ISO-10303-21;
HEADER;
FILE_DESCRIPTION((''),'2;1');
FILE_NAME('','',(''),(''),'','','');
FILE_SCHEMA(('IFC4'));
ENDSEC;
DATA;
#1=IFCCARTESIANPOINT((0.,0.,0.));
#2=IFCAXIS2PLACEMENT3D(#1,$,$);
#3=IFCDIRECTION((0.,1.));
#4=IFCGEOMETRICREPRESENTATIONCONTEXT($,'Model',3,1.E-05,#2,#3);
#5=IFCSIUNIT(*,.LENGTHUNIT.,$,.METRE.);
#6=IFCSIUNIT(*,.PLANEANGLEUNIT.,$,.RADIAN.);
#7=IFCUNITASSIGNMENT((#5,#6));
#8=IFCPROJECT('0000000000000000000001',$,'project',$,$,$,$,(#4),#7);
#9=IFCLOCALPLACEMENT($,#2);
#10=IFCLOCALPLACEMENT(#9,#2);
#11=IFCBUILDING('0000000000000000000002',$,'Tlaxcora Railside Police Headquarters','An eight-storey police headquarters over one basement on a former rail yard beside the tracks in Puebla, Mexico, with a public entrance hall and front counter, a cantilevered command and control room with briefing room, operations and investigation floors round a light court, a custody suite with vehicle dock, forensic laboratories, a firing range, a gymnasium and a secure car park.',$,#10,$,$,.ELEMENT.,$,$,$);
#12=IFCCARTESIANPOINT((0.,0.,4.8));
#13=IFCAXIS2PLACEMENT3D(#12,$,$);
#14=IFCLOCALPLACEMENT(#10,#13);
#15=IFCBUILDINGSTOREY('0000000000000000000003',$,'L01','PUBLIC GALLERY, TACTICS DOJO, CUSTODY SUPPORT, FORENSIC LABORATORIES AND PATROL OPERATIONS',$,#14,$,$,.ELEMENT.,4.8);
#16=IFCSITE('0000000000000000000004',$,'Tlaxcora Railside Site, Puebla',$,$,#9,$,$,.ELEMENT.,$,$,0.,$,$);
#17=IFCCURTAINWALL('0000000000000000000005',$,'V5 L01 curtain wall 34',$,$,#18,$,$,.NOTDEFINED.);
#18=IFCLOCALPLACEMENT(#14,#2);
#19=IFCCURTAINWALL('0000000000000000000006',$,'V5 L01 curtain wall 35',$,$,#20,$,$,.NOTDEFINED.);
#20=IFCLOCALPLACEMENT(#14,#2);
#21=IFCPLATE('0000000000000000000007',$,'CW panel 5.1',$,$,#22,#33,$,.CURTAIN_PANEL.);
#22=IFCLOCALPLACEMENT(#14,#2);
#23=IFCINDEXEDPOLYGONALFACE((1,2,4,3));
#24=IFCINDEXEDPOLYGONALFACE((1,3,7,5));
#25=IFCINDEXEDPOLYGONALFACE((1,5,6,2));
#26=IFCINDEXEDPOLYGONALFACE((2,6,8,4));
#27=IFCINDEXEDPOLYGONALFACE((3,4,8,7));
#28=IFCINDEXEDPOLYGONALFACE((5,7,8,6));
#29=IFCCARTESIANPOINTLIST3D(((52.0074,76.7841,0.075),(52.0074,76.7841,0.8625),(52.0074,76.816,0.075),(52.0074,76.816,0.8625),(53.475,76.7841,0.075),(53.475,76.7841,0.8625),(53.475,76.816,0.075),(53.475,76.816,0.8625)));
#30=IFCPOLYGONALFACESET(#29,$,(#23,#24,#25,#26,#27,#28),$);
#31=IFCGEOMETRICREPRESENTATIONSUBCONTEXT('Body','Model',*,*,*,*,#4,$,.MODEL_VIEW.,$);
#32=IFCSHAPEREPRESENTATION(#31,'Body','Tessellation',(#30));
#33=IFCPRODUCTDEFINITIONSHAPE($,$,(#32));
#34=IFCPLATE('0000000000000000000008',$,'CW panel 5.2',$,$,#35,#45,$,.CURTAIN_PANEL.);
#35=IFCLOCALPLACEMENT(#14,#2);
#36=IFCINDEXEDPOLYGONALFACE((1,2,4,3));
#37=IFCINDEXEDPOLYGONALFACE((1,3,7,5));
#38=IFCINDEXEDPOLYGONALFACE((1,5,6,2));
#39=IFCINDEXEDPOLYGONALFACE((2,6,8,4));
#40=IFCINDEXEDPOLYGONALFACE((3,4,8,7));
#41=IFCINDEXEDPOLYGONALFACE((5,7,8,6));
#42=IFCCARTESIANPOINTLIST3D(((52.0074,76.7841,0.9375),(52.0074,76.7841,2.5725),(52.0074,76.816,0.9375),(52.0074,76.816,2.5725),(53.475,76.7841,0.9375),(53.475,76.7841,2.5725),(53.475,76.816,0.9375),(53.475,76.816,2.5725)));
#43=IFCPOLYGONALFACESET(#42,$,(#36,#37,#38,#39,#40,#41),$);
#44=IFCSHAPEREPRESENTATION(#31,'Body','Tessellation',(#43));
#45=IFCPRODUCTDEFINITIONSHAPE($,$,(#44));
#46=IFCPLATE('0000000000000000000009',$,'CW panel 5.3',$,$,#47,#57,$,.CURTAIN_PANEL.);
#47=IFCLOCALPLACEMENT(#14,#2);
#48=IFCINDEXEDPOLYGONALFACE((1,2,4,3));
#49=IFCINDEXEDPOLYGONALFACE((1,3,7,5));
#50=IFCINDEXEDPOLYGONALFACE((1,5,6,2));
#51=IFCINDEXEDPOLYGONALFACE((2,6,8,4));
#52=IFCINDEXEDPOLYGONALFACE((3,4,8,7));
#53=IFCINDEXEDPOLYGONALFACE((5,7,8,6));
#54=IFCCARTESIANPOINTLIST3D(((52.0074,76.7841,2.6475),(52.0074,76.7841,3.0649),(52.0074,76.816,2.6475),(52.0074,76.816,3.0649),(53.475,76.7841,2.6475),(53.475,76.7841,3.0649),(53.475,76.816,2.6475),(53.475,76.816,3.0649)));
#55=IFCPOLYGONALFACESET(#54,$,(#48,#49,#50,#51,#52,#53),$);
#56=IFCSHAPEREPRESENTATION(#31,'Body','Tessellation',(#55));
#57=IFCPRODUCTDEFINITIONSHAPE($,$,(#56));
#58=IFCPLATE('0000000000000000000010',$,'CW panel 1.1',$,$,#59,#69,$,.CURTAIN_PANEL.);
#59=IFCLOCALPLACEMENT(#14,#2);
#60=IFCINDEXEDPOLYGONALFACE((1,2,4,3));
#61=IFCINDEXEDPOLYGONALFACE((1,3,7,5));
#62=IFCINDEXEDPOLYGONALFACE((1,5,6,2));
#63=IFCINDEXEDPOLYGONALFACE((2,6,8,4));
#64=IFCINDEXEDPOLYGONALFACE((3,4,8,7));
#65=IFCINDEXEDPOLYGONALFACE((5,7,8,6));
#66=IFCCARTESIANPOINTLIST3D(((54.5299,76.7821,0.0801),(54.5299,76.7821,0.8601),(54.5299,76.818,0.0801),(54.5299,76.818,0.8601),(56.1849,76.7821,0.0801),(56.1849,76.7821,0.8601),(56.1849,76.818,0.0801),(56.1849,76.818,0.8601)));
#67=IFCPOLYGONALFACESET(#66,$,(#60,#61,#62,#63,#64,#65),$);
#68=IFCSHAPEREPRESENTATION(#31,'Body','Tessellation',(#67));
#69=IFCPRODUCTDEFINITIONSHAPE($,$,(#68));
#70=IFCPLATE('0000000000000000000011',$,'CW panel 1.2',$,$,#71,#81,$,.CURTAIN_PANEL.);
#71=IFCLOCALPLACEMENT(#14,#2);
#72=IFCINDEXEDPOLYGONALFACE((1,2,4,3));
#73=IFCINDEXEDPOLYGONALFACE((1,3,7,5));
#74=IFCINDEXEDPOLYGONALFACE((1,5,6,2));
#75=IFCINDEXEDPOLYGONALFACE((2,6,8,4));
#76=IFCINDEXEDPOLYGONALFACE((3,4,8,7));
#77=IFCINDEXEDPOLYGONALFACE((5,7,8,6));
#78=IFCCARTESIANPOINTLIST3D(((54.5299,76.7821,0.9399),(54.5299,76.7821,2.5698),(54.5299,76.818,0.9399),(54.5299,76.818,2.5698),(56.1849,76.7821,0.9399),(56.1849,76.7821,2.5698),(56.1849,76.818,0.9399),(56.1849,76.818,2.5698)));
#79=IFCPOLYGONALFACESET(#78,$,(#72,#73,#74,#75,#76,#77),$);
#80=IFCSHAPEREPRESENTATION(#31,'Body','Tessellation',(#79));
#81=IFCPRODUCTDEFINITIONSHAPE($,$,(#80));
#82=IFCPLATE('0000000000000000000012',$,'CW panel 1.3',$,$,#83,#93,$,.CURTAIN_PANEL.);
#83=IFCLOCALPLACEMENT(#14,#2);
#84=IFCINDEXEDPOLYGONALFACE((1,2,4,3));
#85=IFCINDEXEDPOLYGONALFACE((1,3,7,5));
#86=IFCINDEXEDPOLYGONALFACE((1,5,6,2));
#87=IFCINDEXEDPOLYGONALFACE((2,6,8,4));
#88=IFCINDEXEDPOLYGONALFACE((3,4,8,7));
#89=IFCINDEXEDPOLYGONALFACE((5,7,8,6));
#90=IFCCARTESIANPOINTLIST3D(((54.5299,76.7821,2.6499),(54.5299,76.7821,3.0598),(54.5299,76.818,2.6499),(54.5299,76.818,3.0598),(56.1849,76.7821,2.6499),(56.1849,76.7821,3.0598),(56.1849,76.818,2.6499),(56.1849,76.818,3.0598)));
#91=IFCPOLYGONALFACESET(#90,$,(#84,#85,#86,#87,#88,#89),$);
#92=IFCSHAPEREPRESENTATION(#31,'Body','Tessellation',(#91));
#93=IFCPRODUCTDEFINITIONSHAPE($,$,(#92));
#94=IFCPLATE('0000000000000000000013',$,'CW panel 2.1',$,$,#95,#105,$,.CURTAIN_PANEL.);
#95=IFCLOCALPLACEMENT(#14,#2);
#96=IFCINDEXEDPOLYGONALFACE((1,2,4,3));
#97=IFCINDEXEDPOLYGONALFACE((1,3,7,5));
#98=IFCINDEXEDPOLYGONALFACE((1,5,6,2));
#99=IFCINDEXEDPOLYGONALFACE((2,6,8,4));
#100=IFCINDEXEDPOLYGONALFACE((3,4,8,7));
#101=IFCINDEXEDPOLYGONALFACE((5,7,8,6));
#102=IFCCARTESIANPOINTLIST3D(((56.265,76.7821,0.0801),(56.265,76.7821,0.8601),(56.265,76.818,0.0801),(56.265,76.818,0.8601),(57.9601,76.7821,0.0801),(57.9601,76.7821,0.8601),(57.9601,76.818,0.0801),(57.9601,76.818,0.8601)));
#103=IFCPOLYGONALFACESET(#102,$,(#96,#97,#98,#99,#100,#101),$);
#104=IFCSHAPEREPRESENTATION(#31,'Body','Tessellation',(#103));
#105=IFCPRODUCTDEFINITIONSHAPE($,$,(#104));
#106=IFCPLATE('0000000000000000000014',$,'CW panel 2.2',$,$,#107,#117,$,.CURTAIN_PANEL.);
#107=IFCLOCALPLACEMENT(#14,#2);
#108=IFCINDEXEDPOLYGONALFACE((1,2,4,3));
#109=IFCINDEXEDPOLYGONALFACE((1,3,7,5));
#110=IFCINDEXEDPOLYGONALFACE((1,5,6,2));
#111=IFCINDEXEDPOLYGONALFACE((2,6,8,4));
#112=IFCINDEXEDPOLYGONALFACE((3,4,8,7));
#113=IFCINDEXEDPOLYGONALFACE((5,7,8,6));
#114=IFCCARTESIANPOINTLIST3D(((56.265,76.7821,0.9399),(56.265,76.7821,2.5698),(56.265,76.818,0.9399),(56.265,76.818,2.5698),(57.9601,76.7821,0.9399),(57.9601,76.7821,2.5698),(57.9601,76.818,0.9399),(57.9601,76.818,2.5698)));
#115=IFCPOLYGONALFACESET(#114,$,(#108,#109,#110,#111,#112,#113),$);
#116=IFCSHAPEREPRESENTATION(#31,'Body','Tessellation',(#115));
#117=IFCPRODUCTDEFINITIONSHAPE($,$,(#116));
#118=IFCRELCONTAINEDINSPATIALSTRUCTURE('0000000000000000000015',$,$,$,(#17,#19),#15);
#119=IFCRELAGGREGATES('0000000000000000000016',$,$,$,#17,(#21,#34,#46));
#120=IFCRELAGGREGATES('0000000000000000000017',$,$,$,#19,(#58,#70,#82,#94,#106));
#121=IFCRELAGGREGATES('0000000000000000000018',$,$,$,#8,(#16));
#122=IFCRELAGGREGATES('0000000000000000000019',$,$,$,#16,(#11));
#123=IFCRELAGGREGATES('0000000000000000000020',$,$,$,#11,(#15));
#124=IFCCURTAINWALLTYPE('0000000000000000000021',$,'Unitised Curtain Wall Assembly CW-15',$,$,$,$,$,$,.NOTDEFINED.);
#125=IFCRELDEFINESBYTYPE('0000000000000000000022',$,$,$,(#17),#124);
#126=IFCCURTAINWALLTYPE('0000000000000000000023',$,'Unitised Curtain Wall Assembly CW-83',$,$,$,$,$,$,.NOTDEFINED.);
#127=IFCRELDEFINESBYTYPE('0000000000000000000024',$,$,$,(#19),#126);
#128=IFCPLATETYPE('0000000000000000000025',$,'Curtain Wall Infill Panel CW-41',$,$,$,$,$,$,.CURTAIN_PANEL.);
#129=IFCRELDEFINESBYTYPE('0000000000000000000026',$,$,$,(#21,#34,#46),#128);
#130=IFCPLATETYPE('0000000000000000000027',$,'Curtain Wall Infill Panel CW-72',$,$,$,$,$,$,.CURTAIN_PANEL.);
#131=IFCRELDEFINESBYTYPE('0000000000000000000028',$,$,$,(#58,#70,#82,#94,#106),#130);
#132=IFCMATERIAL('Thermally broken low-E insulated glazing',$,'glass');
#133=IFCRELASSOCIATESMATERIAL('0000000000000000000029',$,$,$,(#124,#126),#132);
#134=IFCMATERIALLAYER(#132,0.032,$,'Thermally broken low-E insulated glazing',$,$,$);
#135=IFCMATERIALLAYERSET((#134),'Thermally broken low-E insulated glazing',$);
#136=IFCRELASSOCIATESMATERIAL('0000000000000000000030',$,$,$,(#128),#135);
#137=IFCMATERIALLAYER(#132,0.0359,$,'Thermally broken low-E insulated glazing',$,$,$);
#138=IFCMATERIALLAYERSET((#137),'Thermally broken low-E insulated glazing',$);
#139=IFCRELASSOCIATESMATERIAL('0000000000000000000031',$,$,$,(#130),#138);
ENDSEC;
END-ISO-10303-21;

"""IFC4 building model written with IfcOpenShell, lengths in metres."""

from ifc_helpers import new_model, si_unit, direction, frame, origin, origin_2d, place, context, subcontext, project, spatial, rectangle, extrude, material, layer, layer_set, type_object, element, aggregate, save


model = new_model("IFC4")

# Units and contexts
model_context = context("Model", 3, precision=1e-05, world=origin(), true_north=direction((0.0, 1.0)))
body_context = subcontext(model_context, "Body", "Model", "MODEL_VIEW")
ifc_project = project(units=[si_unit("LENGTHUNIT", "METRE"), si_unit("PLANEANGLEUNIT", "RADIAN")], contexts=[model_context])

# Site, building, storey
site_placement = place(None, origin())
site = spatial("IfcSite", under=ifc_project, at=site_placement, Name="Tlaxcora Railside Site, Puebla", CompositionType="ELEMENT", RefElevation=0.0)
building_placement = place(site_placement, origin())
building = spatial("IfcBuilding", under=site, at=building_placement, Name="Tlaxcora Railside Police Headquarters", Description="An eight-storey police headquarters over one basement on a former rail yard beside the tracks in Puebla, Mexico, with a public entrance hall and front counter, a cantilevered command and control room with briefing room, operations and investigation floors round a light court, a custody suite with vehicle dock, forensic laboratories, a firing range, a gymnasium and a secure car park.", CompositionType="ELEMENT")
storey_placement = place(building_placement, frame((0.0, 0.0, 4.8)))
storey = spatial("IfcBuildingStorey", under=building, at=storey_placement, Name="L01", Description="PUBLIC GALLERY, TACTICS DOJO, CUSTODY SUPPORT, FORENSIC LABORATORIES AND PATROL OPERATIONS", CompositionType="ELEMENT", Elevation=4.8)

# Curtain wall
ifc_material_1 = material(Name="Thermally broken low-E insulated glazing", Category="glass")
curtain_wall_type_1 = type_object("IfcCurtainWallType", Name="Unitised Curtain Wall Assembly CW-15", PredefinedType="NOTDEFINED", material=ifc_material_1)
curtain_wall_1_placement = place(storey_placement, origin())
curtain_wall_1 = element("IfcCurtainWall", 1, at=curtain_wall_1_placement, inside=storey, type_object=curtain_wall_type_1, Name="V5 L01 curtain wall 34", PredefinedType="NOTDEFINED")

# Curtain wall
curtain_wall_type_2 = type_object("IfcCurtainWallType", Name="Unitised Curtain Wall Assembly CW-83", PredefinedType="NOTDEFINED", material=ifc_material_1)
curtain_wall_2_placement = place(storey_placement, origin())
curtain_wall_2 = element("IfcCurtainWall", 2, at=curtain_wall_2_placement, inside=storey, type_object=curtain_wall_type_2, Name="V5 L01 curtain wall 35", PredefinedType="NOTDEFINED")

# Plates
ifc_layer_1 = layer(ifc_material_1, 0.032, Name="Thermally broken low-E insulated glazing")
ifc_layer_set_1 = layer_set([ifc_layer_1], Name="Thermally broken low-E insulated glazing")
plate_type_1 = type_object("IfcPlateType", Name="Curtain Wall Infill Panel CW-41", PredefinedType="CURTAIN_PANEL", material=ifc_layer_set_1)
plate_1_placement = place(storey_placement, frame((52.7412, 76.8, 0.075), z_axis=(0.0, 0.0, 1.0), x_axis=(1.0, 0.0, 0.0)))
plate_1 = element("IfcPlate", 3, at=plate_1_placement, type_object=plate_type_1, Name="CW panel 5.1", PredefinedType="CURTAIN_PANEL", context=body_context, shape_type="SweptSolid", body=[
    extrude(rectangle(XDim=1.4675, YDim=0.032, at=origin_2d()), origin(), (0.0, 0.0, 1.0), 0.7876),
])
plate_2_placement = place(storey_placement, frame((52.7412, 76.8, 0.9375), z_axis=(0.0, 0.0, 1.0), x_axis=(1.0, 0.0, 0.0)))
plate_2 = element("IfcPlate", 4, at=plate_2_placement, type_object=plate_type_1, Name="CW panel 5.2", PredefinedType="CURTAIN_PANEL", context=body_context, shape_type="SweptSolid", body=[
    extrude(rectangle(XDim=1.4675, YDim=0.032, at=origin_2d()), origin(), (0.0, 0.0, 1.0), 1.635),
])
plate_3_placement = place(storey_placement, frame((52.7412, 76.8, 2.6475), z_axis=(0.0, 0.0, 1.0), x_axis=(1.0, 0.0, 0.0)))
plate_3 = element("IfcPlate", 5, at=plate_3_placement, type_object=plate_type_1, Name="CW panel 5.3", PredefinedType="CURTAIN_PANEL", context=body_context, shape_type="SweptSolid", body=[
    extrude(rectangle(XDim=1.4675, YDim=0.032, at=origin_2d()), origin(), (0.0, 0.0, 1.0), 0.4175),
])
aggregate(curtain_wall_1, [plate_1, plate_2, plate_3])
ifc_layer_2 = layer(ifc_material_1, 0.0359, Name="Thermally broken low-E insulated glazing")
ifc_layer_set_2 = layer_set([ifc_layer_2], Name="Thermally broken low-E insulated glazing")
plate_type_2 = type_object("IfcPlateType", Name="Curtain Wall Infill Panel CW-72", PredefinedType="CURTAIN_PANEL", material=ifc_layer_set_2)
plate_4_placement = place(storey_placement, frame((55.3574, 76.8, 0.0801), z_axis=(0.0, 0.0, 1.0), x_axis=(1.0, 0.0, 0.0)))
plate_4 = element("IfcPlate", 6, at=plate_4_placement, type_object=plate_type_2, Name="CW panel 1.1", PredefinedType="CURTAIN_PANEL", context=body_context, shape_type="SweptSolid", body=[
    extrude(rectangle(XDim=1.655, YDim=0.0359, at=origin_2d()), origin(), (0.0, 0.0, 1.0), 0.78),
])
plate_5_placement = place(storey_placement, frame((55.3574, 76.8, 0.9399), z_axis=(0.0, 0.0, 1.0), x_axis=(1.0, 0.0, 0.0)))
plate_5 = element("IfcPlate", 7, at=plate_5_placement, type_object=plate_type_2, Name="CW panel 1.2", PredefinedType="CURTAIN_PANEL", context=body_context, shape_type="SweptSolid", body=[
    extrude(rectangle(XDim=1.655, YDim=0.0359, at=origin_2d()), origin(), (0.0, 0.0, 1.0), 1.6299),
])
plate_6_placement = place(storey_placement, frame((55.3574, 76.8, 2.6499), z_axis=(0.0, 0.0, 1.0), x_axis=(1.0, 0.0, 0.0)))
plate_6 = element("IfcPlate", 8, at=plate_6_placement, type_object=plate_type_2, Name="CW panel 1.3", PredefinedType="CURTAIN_PANEL", context=body_context, shape_type="SweptSolid", body=[
    extrude(rectangle(XDim=1.655, YDim=0.0359, at=origin_2d()), origin(), (0.0, 0.0, 1.0), 0.4099),
])
plate_7_placement = place(storey_placement, frame((57.1125, 76.8, 0.0801), z_axis=(0.0, 0.0, 1.0), x_axis=(1.0, 0.0, 0.0)))
plate_7 = element("IfcPlate", 9, at=plate_7_placement, type_object=plate_type_2, Name="CW panel 2.1", PredefinedType="CURTAIN_PANEL", context=body_context, shape_type="SweptSolid", body=[
    extrude(rectangle(XDim=1.6951, YDim=0.0359, at=origin_2d()), origin(), (0.0, 0.0, 1.0), 0.78),
])
plate_8_placement = place(storey_placement, frame((57.1125, 76.8, 0.9399), z_axis=(0.0, 0.0, 1.0), x_axis=(1.0, 0.0, 0.0)))
plate_8 = element("IfcPlate", 10, at=plate_8_placement, type_object=plate_type_2, Name="CW panel 2.2", PredefinedType="CURTAIN_PANEL", context=body_context, shape_type="SweptSolid", body=[
    extrude(rectangle(XDim=1.6951, YDim=0.0359, at=origin_2d()), origin(), (0.0, 0.0, 1.0), 1.6299),
])
aggregate(curtain_wall_2, [plate_4, plate_5, plate_6, plate_7, plate_8])

save(model, "model.ifc")
